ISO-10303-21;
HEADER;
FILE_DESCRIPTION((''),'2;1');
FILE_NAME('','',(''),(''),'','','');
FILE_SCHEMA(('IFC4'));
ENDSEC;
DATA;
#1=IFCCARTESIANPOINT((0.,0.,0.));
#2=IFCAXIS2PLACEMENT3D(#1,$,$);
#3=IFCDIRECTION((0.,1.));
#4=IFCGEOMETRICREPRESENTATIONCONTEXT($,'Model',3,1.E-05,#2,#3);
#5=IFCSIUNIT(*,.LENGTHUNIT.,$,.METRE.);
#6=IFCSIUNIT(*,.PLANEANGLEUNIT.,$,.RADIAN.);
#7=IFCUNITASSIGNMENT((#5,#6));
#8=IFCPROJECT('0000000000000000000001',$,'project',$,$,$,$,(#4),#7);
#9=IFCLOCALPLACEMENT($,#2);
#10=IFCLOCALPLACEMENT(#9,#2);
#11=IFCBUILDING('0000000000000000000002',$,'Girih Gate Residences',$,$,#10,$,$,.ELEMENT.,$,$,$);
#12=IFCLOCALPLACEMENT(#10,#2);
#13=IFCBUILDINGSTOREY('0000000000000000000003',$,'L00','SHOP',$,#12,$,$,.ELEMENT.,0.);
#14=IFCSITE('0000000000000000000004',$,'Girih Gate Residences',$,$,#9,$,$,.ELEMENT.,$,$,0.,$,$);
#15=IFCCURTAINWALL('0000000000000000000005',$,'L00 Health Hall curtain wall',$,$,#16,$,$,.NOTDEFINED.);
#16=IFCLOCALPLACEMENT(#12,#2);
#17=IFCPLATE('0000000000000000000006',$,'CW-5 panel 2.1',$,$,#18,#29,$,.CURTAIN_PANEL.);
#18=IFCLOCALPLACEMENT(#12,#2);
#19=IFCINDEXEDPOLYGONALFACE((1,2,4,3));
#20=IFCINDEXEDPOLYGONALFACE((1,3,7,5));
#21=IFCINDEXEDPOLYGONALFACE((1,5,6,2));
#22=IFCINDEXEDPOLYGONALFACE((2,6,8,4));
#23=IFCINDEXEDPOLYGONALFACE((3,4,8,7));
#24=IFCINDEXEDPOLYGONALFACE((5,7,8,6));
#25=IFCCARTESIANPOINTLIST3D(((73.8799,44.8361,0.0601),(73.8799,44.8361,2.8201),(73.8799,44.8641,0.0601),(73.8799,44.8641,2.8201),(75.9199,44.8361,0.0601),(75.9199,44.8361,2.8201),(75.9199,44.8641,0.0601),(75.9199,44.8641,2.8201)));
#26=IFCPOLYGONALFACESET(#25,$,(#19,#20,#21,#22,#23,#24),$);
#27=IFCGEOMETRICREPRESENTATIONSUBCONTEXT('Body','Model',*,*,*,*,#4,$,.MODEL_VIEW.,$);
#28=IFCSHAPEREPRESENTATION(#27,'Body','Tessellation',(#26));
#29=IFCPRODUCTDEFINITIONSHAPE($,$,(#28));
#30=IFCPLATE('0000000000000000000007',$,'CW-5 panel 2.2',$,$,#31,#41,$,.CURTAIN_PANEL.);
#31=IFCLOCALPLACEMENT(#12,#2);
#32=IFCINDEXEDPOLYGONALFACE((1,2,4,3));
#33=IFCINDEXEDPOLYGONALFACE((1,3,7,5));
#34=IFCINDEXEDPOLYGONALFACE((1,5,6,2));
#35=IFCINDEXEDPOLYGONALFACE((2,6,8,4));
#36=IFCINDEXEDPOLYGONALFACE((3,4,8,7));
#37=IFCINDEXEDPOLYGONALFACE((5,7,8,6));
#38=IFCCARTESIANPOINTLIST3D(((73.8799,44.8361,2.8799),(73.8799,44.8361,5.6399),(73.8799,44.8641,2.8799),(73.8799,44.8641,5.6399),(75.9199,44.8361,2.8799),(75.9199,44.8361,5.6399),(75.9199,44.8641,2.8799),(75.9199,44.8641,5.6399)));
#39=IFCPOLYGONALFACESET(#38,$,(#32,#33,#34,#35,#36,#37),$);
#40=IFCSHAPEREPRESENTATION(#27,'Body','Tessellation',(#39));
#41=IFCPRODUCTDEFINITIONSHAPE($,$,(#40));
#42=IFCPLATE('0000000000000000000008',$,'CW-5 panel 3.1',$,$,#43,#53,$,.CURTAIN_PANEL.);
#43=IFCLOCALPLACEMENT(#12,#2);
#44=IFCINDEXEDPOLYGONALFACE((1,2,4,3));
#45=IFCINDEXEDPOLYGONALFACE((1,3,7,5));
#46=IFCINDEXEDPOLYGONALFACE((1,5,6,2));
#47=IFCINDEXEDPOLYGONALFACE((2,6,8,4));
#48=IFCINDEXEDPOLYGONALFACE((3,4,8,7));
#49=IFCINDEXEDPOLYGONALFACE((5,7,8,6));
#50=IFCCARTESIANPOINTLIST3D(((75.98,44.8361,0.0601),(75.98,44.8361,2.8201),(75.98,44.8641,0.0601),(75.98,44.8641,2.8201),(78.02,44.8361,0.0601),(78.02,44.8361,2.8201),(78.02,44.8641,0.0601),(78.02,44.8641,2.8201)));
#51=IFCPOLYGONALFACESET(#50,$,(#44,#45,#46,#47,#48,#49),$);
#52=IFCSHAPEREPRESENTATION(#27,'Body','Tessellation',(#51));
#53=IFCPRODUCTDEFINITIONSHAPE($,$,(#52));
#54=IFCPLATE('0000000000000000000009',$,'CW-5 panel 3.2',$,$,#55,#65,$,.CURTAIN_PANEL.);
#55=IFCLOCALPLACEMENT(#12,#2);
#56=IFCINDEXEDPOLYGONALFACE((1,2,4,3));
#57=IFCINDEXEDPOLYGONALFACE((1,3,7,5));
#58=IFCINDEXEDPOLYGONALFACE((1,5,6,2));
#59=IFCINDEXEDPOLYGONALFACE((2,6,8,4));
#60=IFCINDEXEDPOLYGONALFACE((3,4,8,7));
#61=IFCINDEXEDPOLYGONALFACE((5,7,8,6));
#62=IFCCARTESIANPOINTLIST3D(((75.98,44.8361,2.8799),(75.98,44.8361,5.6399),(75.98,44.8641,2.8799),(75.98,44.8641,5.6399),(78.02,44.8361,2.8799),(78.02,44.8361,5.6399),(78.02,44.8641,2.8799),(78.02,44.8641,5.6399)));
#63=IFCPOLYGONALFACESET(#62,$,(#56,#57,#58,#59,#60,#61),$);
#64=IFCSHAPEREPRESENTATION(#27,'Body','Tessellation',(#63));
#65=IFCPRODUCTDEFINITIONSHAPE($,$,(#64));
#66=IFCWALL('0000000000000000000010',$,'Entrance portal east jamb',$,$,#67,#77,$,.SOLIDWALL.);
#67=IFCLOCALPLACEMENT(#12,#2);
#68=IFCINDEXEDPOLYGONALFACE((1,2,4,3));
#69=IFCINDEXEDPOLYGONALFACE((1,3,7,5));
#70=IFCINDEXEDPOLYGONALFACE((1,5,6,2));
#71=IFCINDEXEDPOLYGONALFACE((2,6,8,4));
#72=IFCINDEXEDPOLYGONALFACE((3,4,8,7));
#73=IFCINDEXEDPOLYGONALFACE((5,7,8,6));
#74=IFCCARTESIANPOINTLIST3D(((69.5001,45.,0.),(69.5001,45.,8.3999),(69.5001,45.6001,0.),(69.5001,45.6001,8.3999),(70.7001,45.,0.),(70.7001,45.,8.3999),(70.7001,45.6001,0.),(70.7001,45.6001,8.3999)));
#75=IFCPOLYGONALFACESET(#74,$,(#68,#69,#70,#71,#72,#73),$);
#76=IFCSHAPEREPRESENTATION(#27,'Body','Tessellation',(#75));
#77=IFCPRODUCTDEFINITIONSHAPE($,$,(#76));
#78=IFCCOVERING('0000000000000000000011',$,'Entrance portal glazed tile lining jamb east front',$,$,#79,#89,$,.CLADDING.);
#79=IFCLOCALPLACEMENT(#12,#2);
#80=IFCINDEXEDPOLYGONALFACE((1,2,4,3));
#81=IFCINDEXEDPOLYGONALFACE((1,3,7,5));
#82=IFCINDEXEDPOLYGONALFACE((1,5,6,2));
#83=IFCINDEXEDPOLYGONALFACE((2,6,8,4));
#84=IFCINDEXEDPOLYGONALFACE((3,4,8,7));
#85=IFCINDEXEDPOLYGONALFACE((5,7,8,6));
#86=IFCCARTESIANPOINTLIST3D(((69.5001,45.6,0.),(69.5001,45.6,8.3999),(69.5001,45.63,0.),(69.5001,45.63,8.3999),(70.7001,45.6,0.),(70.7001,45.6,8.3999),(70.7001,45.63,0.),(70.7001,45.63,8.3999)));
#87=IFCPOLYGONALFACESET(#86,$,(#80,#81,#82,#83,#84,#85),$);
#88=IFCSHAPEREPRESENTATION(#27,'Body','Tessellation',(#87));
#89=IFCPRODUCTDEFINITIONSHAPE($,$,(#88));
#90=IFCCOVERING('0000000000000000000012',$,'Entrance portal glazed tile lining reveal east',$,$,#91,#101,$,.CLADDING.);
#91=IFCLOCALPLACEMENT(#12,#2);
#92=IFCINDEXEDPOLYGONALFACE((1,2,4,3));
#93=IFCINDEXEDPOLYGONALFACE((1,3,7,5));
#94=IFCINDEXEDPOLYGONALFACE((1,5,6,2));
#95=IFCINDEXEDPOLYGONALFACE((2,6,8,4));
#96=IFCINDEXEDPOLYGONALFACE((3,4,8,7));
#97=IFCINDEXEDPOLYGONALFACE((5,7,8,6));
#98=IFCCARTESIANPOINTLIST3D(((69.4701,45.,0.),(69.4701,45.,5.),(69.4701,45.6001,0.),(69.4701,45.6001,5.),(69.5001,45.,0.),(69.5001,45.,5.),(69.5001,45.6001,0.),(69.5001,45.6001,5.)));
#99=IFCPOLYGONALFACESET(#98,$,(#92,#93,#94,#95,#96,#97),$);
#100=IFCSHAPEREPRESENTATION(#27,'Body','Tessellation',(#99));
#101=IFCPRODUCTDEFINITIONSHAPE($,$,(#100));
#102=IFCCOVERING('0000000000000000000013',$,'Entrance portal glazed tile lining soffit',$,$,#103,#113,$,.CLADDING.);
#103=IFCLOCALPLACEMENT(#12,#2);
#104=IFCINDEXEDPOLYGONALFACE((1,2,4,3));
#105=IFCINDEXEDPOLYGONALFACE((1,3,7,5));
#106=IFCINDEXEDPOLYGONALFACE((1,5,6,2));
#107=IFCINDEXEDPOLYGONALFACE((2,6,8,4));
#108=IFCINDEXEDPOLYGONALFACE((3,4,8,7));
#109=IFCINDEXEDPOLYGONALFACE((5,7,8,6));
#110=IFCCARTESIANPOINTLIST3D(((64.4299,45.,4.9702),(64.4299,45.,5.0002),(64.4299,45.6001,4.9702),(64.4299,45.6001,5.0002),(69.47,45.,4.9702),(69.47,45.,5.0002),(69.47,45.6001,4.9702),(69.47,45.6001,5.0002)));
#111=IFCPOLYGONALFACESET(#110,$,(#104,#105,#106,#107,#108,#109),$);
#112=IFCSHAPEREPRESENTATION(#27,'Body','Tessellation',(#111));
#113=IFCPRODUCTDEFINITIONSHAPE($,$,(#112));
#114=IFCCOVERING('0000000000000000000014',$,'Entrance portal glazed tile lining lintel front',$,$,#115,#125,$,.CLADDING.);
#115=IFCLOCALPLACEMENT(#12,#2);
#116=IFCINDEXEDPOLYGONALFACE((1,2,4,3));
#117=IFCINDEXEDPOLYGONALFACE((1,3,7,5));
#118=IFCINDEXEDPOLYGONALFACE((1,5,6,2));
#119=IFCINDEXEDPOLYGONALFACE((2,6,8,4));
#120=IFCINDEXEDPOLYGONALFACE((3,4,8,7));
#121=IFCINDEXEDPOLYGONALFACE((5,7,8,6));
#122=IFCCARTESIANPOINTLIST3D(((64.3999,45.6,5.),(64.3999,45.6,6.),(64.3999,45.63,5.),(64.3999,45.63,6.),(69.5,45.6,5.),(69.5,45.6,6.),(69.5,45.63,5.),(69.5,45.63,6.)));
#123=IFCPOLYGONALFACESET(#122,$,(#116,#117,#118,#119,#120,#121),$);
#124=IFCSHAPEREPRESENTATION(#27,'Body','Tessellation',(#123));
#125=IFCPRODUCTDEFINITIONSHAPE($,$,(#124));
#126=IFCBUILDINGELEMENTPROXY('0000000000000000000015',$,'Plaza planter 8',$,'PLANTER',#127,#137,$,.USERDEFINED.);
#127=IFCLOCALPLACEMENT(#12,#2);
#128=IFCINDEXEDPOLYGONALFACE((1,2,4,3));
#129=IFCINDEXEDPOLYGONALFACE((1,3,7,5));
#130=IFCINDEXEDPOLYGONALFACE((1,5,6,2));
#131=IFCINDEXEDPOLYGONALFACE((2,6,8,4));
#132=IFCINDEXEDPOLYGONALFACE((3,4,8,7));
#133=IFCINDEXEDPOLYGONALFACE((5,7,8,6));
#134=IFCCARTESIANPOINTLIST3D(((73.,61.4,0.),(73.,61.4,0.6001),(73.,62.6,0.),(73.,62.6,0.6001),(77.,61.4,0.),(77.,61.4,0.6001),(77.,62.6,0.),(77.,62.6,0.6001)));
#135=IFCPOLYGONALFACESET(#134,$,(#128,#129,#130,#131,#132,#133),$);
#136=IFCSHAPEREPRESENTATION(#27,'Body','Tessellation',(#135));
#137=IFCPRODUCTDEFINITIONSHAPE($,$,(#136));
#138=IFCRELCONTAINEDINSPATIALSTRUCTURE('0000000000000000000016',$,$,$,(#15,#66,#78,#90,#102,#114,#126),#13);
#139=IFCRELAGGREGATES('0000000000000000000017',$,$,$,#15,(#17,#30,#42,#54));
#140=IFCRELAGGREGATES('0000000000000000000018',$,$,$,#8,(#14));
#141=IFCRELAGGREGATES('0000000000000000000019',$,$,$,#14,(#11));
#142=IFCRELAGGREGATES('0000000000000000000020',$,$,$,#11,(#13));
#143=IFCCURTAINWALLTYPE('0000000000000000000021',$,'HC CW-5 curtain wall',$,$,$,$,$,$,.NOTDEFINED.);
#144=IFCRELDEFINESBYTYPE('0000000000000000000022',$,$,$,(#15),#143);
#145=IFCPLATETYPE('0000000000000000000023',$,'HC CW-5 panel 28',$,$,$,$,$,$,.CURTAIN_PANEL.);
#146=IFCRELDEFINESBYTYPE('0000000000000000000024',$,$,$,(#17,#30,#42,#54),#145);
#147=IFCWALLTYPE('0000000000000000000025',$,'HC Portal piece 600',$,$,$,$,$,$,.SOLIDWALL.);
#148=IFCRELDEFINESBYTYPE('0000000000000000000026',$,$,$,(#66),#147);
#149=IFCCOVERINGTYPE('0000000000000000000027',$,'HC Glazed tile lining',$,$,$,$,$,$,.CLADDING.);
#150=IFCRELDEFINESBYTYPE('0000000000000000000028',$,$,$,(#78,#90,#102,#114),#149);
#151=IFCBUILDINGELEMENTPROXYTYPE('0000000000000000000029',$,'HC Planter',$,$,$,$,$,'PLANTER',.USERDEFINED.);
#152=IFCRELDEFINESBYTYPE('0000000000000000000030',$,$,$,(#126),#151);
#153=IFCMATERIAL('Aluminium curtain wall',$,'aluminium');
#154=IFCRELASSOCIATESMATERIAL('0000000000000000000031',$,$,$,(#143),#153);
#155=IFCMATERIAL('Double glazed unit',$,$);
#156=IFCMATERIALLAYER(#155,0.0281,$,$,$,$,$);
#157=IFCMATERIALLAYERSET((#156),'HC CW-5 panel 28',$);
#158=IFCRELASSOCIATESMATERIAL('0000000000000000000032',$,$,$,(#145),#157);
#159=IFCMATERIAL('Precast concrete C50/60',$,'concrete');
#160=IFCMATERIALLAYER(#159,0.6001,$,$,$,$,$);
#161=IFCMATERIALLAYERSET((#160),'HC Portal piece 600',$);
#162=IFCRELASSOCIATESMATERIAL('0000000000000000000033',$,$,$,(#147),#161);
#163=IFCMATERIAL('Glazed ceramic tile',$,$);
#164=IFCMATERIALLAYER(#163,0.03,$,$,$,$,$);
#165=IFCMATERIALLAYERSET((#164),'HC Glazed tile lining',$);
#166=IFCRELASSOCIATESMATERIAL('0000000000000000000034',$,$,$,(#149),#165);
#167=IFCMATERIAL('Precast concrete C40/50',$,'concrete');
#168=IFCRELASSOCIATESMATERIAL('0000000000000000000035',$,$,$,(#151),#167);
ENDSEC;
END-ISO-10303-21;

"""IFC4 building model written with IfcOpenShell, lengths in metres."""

from ifc_helpers import new_model, si_unit, direction, frame, frame_2d, origin, origin_2d, place, context, subcontext, project, spatial, rectangle, extrude, material, layer, layer_set, type_object, element, aggregate, save


model = new_model("IFC4")

# Units and contexts
model_context = context("Model", 3, precision=1e-05, world=origin(), true_north=direction((0.0, 1.0)))
body_context = subcontext(model_context, "Body", "Model", "MODEL_VIEW")
ifc_project = project(units=[si_unit("LENGTHUNIT", "METRE"), si_unit("PLANEANGLEUNIT", "RADIAN")], contexts=[model_context])

# Site, building, storey
site_placement = place(None, origin())
site = spatial("IfcSite", under=ifc_project, at=site_placement, Name="Girih Gate Residences", CompositionType="ELEMENT", RefElevation=0.0)
building_placement = place(site_placement, origin())
building = spatial("IfcBuilding", under=site, at=building_placement, Name="Girih Gate Residences", CompositionType="ELEMENT")
storey_placement = place(building_placement, origin())
storey = spatial("IfcBuildingStorey", under=building, at=storey_placement, Name="L00", Description="SHOP", CompositionType="ELEMENT", Elevation=0.0)

# Curtain wall, plates
ifc_material_1 = material(Name="Aluminium curtain wall", Category="aluminium")
curtain_wall_type = type_object("IfcCurtainWallType", Name="HC CW-5 curtain wall", PredefinedType="NOTDEFINED", material=ifc_material_1)
curtain_wall_placement = place(storey_placement, origin())
curtain_wall = element("IfcCurtainWall", 1, at=curtain_wall_placement, inside=storey, type_object=curtain_wall_type, Name="L00 Health Hall curtain wall", PredefinedType="NOTDEFINED")
ifc_material_2 = material(Name="Double glazed unit")
ifc_layer_1 = layer(ifc_material_2, 0.0281)
ifc_layer_set_1 = layer_set([ifc_layer_1], Name="HC CW-5 panel 28")
plate_type = type_object("IfcPlateType", Name="HC CW-5 panel 28", PredefinedType="CURTAIN_PANEL", material=ifc_layer_set_1)
plate_1_placement = place(storey_placement, frame((74.8999, 44.8501, 0.0601), z_axis=(0.0, 0.0, 1.0), x_axis=(1.0, 0.0, 0.0)))
plate_1 = element("IfcPlate", 2, at=plate_1_placement, type_object=plate_type, Name="CW-5 panel 2.1", PredefinedType="CURTAIN_PANEL", context=body_context, shape_type="SweptSolid", body=[
    extrude(rectangle(XDim=2.04, YDim=0.0281, at=origin_2d()), origin(), (0.0, 0.0, 1.0), 2.76),
])
plate_2_placement = place(storey_placement, frame((74.8999, 44.8501, 2.8799), z_axis=(0.0, 0.0, 1.0), x_axis=(1.0, 0.0, 0.0)))
plate_2 = element("IfcPlate", 3, at=plate_2_placement, type_object=plate_type, Name="CW-5 panel 2.2", PredefinedType="CURTAIN_PANEL", context=body_context, shape_type="SweptSolid", body=[
    extrude(rectangle(XDim=2.04, YDim=0.0281, at=origin_2d()), origin(), (0.0, 0.0, 1.0), 2.76),
])
plate_3_placement = place(storey_placement, frame((77.0, 44.8501, 0.0601), z_axis=(0.0, 0.0, 1.0), x_axis=(1.0, 0.0, 0.0)))
plate_3 = element("IfcPlate", 4, at=plate_3_placement, type_object=plate_type, Name="CW-5 panel 3.1", PredefinedType="CURTAIN_PANEL", context=body_context, shape_type="SweptSolid", body=[
    extrude(rectangle(XDim=2.04, YDim=0.0281, at=origin_2d()), origin(), (0.0, 0.0, 1.0), 2.76),
])
plate_4_placement = place(storey_placement, frame((77.0, 44.8501, 2.8799), z_axis=(0.0, 0.0, 1.0), x_axis=(1.0, 0.0, 0.0)))
plate_4 = element("IfcPlate", 5, at=plate_4_placement, type_object=plate_type, Name="CW-5 panel 3.2", PredefinedType="CURTAIN_PANEL", context=body_context, shape_type="SweptSolid", body=[
    extrude(rectangle(XDim=2.04, YDim=0.0281, at=origin_2d()), origin(), (0.0, 0.0, 1.0), 2.76),
])
aggregate(curtain_wall, [plate_1, plate_2, plate_3, plate_4])

# Wall
ifc_material_3 = material(Name="Precast concrete C50/60", Category="concrete")
ifc_layer_2 = layer(ifc_material_3, 0.6001)
ifc_layer_set_2 = layer_set([ifc_layer_2], Name="HC Portal piece 600")
wall_type = type_object("IfcWallType", Name="HC Portal piece 600", PredefinedType="SOLIDWALL", material=ifc_layer_set_2)
wall_placement = place(storey_placement, frame((69.5, 45.3, 0.0), z_axis=(0.0, 0.0, 1.0), x_axis=(1.0, 0.0, 0.0)))
element("IfcWall", 6, at=wall_placement, inside=storey, type_object=wall_type, Name="Entrance portal east jamb", PredefinedType="SOLIDWALL", context=body_context, shape_type="SweptSolid", body=[
    extrude(rectangle(XDim=1.2, YDim=0.6001, at=frame_2d((0.6001, 0.0))), origin(), (0.0, 0.0, 1.0), 8.3999),
])

# Coverings
ifc_material_4 = material(Name="Glazed ceramic tile")
ifc_layer_3 = layer(ifc_material_4, 0.03)
ifc_layer_set_3 = layer_set([ifc_layer_3], Name="HC Glazed tile lining")
covering_type = type_object("IfcCoveringType", Name="HC Glazed tile lining", PredefinedType="CLADDING", material=ifc_layer_set_3)
covering_1_placement = place(storey_placement, frame((70.1001, 45.615, 0.0), z_axis=(0.0, 0.0, 1.0), x_axis=(1.0, 0.0, 0.0)))
element("IfcCovering", 7, at=covering_1_placement, inside=storey, type_object=covering_type, Name="Entrance portal glazed tile lining jamb east front", PredefinedType="CLADDING", context=body_context, shape_type="SweptSolid", body=[
    extrude(rectangle(XDim=1.2, YDim=0.03, at=origin_2d()), origin(), (0.0, 0.0, 1.0), 8.3999),
])
covering_2_placement = place(storey_placement, frame((69.4851, 45.3, 0.0), z_axis=(0.0, 0.0, 1.0), x_axis=(1.0, 0.0, 0.0)))
element("IfcCovering", 8, at=covering_2_placement, inside=storey, type_object=covering_type, Name="Entrance portal glazed tile lining reveal east", PredefinedType="CLADDING", context=body_context, shape_type="SweptSolid", body=[
    extrude(rectangle(XDim=0.03, YDim=0.6001, at=origin_2d()), origin(), (0.0, 0.0, 1.0), 5.0),
])
covering_3_placement = place(storey_placement, frame((66.95, 45.3, 4.9702), z_axis=(0.0, 0.0, 1.0), x_axis=(1.0, 0.0, 0.0)))
element("IfcCovering", 9, at=covering_3_placement, inside=storey, type_object=covering_type, Name="Entrance portal glazed tile lining soffit", PredefinedType="CLADDING", context=body_context, shape_type="SweptSolid", body=[
    extrude(rectangle(XDim=5.04, YDim=0.6001, at=origin_2d()), origin(), (0.0, 0.0, 1.0), 0.03),
])
covering_4_placement = place(storey_placement, frame((66.95, 45.615, 5.0), z_axis=(0.0, 0.0, 1.0), x_axis=(1.0, 0.0, 0.0)))
element("IfcCovering", 10, at=covering_4_placement, inside=storey, type_object=covering_type, Name="Entrance portal glazed tile lining lintel front", PredefinedType="CLADDING", context=body_context, shape_type="SweptSolid", body=[
    extrude(rectangle(XDim=5.1001, YDim=0.03, at=origin_2d()), origin(), (0.0, 0.0, 1.0), 1.0),
])

# Building element proxy
ifc_material_5 = material(Name="Precast concrete C40/50", Category="concrete")
building_element_proxy_type = type_object("IfcBuildingElementProxyType", Name="HC Planter", ElementType="PLANTER", PredefinedType="USERDEFINED", material=ifc_material_5)
proxy_placement = place(storey_placement, frame((75.0, 62.0, 0.0), z_axis=(0.0, 0.0, 1.0), x_axis=(1.0, 0.0, 0.0)))
element("IfcBuildingElementProxy", 11, at=proxy_placement, inside=storey, type_object=building_element_proxy_type, Name="Plaza planter 8", ObjectType="PLANTER", PredefinedType="USERDEFINED", context=body_context, shape_type="SweptSolid", body=[
    extrude(rectangle(XDim=4.0, YDim=1.2, at=origin_2d()), origin(), (0.0, 0.0, 1.0), 0.6001),
])

save(model, "model.ifc")
